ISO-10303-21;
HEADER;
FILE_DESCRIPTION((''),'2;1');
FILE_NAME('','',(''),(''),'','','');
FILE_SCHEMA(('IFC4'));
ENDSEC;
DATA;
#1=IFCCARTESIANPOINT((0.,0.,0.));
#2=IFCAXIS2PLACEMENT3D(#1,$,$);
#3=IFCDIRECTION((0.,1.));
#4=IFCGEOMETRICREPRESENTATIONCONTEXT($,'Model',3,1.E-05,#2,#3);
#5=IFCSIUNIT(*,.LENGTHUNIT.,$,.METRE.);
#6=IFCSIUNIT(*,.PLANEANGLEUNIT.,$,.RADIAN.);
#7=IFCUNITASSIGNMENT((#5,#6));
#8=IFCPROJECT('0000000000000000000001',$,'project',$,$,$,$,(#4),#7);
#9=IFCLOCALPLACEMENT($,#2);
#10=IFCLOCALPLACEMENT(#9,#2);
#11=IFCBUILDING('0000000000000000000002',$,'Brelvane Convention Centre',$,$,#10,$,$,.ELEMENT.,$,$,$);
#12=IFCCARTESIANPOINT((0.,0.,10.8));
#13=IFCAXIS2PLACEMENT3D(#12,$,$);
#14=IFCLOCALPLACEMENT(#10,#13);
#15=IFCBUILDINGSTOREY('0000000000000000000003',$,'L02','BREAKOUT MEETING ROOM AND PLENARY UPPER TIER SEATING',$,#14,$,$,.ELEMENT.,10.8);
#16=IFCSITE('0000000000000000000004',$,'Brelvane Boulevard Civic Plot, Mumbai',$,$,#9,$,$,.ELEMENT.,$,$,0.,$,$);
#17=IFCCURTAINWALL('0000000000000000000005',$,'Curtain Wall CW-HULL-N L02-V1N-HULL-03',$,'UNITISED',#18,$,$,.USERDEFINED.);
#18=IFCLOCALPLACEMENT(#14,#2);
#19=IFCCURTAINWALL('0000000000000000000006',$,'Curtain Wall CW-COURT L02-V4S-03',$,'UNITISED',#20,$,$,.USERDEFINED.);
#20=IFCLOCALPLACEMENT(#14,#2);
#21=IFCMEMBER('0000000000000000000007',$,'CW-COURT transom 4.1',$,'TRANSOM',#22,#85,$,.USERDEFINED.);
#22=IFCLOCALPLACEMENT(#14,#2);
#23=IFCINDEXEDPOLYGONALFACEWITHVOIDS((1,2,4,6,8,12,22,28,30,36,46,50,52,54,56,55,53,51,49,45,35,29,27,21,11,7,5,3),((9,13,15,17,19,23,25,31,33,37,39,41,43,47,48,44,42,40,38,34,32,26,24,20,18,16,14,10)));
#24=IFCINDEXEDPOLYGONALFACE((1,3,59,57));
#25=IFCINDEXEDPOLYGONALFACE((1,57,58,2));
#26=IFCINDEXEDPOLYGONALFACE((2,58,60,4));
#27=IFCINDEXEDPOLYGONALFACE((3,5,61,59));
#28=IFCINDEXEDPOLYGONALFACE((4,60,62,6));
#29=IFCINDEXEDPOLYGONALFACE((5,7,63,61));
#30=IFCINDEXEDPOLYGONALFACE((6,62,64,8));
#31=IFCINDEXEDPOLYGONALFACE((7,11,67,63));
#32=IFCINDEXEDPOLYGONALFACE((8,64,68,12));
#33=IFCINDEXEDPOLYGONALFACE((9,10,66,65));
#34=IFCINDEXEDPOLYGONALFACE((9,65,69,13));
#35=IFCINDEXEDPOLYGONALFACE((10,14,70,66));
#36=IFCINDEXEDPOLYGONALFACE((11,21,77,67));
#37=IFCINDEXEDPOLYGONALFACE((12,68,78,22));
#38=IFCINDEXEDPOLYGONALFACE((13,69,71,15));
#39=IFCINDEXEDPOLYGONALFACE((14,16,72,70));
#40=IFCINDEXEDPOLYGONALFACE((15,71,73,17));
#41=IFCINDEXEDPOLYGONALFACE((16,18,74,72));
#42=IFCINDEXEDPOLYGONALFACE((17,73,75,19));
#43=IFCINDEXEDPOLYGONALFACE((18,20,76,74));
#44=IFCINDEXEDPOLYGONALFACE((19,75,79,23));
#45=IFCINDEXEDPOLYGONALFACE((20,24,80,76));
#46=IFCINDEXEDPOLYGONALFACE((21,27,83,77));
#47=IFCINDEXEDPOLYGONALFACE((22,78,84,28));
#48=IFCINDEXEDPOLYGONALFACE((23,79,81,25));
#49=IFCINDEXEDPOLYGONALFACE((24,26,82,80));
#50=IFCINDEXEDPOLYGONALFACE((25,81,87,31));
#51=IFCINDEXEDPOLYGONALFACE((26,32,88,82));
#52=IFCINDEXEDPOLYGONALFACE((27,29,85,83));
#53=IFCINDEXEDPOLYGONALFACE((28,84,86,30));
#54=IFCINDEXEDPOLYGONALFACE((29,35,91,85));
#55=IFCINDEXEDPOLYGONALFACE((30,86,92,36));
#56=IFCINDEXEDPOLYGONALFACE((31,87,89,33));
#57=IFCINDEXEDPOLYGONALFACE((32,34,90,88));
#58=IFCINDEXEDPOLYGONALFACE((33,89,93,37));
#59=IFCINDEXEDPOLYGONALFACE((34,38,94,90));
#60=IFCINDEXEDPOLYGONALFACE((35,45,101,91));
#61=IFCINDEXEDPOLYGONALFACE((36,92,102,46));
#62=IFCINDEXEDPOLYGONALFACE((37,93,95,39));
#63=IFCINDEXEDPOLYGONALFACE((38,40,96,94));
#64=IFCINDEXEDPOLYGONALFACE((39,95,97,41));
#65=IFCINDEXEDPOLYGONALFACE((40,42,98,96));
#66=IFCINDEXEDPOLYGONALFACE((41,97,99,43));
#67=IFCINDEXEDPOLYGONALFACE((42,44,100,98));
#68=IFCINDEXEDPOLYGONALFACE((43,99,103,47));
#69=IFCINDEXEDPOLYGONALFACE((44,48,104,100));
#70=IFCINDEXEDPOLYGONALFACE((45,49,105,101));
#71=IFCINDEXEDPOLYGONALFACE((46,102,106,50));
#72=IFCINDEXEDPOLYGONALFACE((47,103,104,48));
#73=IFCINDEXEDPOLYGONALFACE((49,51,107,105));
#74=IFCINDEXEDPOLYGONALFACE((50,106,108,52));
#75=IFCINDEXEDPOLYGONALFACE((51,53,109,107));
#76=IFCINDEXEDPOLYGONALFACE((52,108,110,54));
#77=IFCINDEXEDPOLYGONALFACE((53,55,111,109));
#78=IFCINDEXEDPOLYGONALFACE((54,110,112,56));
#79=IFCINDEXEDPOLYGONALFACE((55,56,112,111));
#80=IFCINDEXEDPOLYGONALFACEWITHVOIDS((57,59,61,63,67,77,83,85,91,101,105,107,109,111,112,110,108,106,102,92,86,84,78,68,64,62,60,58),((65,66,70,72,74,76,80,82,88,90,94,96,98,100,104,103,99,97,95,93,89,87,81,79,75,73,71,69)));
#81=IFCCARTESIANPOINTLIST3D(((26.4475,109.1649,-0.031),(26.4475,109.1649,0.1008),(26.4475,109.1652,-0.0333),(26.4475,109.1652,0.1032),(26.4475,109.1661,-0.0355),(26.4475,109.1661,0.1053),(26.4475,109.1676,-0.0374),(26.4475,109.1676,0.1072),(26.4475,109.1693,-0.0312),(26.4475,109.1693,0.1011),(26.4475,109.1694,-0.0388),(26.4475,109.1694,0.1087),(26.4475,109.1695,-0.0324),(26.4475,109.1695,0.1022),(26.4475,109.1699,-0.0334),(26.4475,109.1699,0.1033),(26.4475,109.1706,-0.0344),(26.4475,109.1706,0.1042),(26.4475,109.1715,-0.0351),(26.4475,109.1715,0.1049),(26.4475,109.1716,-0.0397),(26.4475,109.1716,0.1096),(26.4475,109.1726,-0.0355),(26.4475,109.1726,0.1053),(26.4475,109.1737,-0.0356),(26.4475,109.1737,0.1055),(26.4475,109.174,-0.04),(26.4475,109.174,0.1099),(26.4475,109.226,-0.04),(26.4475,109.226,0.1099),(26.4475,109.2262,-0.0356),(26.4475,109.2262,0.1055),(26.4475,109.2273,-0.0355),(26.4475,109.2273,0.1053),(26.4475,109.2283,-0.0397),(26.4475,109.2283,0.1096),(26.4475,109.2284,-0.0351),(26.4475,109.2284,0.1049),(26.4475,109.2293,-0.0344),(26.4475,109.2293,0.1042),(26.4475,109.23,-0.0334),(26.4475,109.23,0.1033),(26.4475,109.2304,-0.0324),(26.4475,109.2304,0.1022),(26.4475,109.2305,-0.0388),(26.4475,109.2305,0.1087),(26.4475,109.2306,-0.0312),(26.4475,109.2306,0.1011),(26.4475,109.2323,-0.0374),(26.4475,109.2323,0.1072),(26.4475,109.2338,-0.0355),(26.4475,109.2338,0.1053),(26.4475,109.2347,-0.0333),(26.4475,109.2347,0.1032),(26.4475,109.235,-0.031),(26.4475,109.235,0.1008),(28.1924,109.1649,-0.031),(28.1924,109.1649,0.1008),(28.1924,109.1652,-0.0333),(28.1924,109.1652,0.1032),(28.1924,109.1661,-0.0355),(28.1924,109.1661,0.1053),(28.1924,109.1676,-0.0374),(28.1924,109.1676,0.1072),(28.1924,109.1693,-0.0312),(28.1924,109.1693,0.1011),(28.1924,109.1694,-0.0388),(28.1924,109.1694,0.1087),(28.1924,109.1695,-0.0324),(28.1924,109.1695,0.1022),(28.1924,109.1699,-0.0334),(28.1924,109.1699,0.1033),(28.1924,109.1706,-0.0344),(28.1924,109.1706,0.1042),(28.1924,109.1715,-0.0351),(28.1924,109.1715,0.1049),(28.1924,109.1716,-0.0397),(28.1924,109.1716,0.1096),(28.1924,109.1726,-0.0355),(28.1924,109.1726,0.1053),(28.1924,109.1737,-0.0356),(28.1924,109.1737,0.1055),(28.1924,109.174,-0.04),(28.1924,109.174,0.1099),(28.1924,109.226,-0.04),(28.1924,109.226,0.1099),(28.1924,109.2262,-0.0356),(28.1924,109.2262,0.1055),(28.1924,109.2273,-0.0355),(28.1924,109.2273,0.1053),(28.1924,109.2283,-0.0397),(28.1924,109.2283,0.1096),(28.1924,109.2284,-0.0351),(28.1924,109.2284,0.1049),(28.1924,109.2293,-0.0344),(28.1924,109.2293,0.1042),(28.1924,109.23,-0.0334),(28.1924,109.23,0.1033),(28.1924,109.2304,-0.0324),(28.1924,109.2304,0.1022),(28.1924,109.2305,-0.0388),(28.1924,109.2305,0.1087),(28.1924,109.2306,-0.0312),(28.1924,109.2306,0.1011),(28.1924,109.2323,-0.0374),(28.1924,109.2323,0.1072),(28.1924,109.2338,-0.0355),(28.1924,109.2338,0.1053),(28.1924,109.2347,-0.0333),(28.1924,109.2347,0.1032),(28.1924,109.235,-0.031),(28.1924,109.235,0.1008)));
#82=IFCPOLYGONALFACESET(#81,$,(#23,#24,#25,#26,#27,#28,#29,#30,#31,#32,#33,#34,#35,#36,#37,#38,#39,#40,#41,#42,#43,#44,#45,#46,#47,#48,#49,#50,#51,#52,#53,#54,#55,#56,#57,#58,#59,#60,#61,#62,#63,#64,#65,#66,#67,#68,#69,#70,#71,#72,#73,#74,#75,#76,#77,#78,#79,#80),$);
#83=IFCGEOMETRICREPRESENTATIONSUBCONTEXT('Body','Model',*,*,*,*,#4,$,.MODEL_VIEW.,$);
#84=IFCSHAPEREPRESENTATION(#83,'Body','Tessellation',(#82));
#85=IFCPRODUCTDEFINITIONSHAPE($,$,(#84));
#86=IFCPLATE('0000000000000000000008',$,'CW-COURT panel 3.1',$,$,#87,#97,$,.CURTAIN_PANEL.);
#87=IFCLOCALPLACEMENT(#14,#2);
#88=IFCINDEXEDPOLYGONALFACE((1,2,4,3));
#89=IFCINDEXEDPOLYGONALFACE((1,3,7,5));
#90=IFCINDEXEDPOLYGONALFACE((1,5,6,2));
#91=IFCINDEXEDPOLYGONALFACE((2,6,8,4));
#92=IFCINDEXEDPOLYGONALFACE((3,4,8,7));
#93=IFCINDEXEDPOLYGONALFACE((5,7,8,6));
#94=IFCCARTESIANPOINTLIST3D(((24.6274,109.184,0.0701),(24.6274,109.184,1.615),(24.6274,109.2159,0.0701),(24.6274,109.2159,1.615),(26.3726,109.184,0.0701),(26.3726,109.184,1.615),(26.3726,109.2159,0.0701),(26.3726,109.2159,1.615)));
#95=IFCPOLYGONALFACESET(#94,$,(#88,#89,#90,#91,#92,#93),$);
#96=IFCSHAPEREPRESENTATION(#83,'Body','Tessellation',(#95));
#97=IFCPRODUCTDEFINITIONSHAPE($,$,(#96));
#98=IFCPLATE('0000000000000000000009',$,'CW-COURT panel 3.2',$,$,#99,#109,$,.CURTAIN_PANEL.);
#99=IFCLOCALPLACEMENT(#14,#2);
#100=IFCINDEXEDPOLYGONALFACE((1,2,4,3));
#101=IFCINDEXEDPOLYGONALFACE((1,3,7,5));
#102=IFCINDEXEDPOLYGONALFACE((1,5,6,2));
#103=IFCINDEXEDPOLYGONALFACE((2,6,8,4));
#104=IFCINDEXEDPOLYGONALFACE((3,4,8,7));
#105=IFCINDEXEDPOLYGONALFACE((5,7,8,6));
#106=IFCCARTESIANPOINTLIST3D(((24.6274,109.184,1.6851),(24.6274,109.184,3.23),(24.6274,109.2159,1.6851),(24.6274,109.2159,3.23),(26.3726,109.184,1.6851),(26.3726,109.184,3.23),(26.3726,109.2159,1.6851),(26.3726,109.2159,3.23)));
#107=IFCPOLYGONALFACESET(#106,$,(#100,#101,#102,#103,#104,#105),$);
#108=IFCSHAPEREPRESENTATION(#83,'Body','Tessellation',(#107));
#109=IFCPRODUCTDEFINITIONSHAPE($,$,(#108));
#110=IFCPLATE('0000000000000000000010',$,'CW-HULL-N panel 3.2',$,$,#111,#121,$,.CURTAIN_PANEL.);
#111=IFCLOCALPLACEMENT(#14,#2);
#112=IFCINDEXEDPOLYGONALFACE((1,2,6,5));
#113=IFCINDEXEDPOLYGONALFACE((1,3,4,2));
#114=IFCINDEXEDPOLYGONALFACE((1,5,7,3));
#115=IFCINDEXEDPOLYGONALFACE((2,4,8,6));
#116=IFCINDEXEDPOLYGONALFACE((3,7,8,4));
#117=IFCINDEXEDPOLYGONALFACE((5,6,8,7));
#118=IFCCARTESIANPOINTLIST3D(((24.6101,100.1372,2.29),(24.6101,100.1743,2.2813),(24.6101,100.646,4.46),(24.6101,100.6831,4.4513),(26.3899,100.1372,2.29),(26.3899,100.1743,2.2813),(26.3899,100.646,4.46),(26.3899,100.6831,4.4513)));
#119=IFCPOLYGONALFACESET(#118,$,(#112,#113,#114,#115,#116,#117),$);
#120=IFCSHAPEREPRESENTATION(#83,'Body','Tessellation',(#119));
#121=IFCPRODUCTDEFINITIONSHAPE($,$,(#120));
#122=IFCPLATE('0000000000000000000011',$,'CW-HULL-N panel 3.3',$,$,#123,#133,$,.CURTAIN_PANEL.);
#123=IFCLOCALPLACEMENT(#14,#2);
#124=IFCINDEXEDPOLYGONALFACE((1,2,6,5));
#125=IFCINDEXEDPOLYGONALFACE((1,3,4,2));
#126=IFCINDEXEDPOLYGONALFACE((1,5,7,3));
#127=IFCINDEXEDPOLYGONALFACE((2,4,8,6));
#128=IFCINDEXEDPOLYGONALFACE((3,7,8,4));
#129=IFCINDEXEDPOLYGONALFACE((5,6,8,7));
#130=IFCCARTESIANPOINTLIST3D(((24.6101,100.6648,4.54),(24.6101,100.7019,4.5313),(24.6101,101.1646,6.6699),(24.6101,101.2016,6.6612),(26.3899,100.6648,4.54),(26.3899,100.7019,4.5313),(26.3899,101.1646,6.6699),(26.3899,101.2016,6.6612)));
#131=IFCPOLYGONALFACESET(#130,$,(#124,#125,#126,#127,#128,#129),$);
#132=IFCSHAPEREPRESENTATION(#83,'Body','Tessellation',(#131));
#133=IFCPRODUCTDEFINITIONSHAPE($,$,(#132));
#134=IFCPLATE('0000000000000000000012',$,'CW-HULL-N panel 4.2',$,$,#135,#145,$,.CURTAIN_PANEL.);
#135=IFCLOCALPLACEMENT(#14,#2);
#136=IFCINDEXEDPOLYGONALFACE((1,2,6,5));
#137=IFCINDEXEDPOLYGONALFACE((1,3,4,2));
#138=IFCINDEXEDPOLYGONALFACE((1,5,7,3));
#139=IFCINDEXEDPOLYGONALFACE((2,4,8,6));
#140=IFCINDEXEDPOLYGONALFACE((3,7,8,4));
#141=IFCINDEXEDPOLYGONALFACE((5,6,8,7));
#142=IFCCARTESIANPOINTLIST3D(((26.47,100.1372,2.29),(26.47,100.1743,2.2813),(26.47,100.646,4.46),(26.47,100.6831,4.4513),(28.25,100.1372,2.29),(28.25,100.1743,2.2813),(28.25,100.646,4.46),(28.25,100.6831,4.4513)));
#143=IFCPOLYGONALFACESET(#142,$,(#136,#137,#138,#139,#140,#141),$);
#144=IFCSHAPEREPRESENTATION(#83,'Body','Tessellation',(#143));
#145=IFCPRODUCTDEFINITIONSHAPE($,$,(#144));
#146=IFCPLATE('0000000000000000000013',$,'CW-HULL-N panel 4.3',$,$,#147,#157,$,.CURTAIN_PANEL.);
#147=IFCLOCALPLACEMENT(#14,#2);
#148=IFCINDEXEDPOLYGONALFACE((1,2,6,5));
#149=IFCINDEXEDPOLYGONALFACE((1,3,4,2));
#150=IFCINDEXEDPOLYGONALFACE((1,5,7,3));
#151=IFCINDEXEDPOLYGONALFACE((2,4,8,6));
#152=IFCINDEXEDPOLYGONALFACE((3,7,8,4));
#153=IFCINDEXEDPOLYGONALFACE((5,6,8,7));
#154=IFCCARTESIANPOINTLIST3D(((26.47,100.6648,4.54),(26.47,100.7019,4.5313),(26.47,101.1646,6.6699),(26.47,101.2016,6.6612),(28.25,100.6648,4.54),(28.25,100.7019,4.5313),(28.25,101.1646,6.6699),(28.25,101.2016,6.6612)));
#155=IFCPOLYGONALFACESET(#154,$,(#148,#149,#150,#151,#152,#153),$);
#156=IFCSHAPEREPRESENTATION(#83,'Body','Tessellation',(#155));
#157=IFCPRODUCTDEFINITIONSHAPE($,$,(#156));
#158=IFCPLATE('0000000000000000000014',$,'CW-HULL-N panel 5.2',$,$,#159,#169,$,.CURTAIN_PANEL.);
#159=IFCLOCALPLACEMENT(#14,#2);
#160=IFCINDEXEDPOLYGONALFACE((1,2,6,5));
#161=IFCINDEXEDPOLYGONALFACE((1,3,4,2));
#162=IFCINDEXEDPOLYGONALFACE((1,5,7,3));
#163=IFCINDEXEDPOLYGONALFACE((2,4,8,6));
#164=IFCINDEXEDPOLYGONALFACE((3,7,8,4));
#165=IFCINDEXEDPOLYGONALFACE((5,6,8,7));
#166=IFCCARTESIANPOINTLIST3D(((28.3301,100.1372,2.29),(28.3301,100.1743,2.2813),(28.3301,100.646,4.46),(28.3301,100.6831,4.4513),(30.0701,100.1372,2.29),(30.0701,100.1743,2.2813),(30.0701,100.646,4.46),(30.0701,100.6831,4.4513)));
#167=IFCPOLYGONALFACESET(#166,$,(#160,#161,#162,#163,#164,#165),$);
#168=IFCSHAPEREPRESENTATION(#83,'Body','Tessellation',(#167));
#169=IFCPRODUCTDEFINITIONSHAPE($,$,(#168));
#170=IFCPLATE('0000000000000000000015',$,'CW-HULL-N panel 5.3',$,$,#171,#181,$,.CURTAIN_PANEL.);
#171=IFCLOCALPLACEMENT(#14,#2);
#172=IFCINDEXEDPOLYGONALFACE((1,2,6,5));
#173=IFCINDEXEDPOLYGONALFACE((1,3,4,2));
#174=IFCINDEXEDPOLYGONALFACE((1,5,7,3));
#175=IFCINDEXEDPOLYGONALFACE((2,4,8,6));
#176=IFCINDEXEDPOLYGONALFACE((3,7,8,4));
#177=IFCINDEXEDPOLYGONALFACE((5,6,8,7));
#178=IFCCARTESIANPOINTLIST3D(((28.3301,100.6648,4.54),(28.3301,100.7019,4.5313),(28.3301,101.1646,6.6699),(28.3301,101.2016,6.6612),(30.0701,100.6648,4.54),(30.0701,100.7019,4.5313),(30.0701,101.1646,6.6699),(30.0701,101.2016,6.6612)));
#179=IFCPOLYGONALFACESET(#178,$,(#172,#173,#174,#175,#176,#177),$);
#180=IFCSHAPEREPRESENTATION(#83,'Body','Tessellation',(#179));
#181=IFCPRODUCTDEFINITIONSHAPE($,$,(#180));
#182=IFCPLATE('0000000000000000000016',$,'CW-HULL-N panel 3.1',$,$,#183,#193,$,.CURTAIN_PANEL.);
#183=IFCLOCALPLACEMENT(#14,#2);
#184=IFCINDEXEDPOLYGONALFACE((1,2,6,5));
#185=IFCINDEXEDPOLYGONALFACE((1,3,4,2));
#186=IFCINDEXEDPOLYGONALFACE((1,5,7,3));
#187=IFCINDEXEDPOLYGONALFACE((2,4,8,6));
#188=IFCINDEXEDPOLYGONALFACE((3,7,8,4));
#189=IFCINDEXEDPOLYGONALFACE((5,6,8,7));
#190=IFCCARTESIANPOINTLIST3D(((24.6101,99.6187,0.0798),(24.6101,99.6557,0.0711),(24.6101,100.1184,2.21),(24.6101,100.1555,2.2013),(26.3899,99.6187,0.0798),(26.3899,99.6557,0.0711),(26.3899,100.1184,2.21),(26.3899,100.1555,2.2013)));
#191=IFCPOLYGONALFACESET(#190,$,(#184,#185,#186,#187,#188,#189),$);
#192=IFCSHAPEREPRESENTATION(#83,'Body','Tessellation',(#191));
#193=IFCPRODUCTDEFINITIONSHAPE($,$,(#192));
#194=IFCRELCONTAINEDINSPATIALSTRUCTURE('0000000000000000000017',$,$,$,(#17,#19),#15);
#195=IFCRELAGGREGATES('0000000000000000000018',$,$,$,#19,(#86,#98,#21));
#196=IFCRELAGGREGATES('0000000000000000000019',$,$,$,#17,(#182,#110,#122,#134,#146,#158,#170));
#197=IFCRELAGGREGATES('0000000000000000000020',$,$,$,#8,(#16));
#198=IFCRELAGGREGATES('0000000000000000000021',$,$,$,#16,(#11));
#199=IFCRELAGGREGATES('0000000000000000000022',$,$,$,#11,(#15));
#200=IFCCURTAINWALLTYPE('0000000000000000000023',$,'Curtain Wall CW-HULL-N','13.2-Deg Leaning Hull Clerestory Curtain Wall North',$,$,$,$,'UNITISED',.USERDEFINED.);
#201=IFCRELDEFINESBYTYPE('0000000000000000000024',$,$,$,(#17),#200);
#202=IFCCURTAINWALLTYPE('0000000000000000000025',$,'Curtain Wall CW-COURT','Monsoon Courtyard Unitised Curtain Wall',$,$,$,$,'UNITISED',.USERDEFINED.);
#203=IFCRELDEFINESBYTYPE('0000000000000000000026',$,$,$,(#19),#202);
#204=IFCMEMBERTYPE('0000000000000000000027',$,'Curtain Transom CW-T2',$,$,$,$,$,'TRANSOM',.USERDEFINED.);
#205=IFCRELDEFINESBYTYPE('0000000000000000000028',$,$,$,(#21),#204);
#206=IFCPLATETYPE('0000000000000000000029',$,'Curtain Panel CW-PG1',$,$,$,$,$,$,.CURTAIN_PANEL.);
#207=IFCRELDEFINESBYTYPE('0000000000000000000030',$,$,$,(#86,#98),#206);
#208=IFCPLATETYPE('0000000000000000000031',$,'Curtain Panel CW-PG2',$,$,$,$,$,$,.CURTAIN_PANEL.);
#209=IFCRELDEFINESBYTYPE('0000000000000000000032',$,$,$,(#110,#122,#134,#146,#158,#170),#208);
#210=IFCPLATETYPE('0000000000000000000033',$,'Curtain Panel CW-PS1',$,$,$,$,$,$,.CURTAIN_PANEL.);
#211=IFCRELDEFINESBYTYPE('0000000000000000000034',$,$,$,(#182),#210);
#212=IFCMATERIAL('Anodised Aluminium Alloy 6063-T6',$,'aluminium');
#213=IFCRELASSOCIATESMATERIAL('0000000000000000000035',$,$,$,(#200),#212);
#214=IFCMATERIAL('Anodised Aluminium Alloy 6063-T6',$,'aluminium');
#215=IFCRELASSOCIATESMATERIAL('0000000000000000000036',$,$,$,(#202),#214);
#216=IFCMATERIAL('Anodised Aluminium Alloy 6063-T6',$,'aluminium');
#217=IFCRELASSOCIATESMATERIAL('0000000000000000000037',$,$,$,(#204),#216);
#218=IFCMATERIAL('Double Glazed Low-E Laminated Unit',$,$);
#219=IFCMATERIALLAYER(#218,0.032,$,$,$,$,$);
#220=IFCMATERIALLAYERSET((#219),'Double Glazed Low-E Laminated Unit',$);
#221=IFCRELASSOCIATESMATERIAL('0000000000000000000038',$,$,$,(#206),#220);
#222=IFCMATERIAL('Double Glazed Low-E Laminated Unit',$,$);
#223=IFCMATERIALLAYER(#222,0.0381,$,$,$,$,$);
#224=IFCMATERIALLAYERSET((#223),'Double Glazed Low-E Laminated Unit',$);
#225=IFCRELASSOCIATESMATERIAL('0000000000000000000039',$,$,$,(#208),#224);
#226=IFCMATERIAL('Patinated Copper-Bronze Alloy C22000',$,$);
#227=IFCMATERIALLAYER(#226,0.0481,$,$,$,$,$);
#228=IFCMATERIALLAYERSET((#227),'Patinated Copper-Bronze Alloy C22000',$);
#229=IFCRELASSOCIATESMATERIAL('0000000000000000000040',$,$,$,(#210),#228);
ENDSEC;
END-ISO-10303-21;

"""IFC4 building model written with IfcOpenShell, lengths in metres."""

from ifc_helpers import new_model, si_unit, direction, frame, origin, origin_2d, place, context, subcontext, project, spatial, polyline, rectangle, hollow_rectangle, outline, extrude, material, layer, layer_set, material_profile, profile_set, type_object, element, aggregate, save


model = new_model("IFC4")

# Units and contexts
model_context = context("Model", 3, precision=1e-05, world=origin(), true_north=direction((0.0, 1.0)))
body_context = subcontext(model_context, "Body", "Model", "MODEL_VIEW")
ifc_project = project(units=[si_unit("LENGTHUNIT", "METRE"), si_unit("PLANEANGLEUNIT", "RADIAN")], contexts=[model_context])

# Site, building, storey
site_placement = place(None, origin())
site = spatial("IfcSite", under=ifc_project, at=site_placement, Name="Brelvane Boulevard Civic Plot, Mumbai", CompositionType="ELEMENT", RefElevation=0.0)
building_placement = place(site_placement, origin())
building = spatial("IfcBuilding", under=site, at=building_placement, Name="Brelvane Convention Centre", CompositionType="ELEMENT")
storey_placement = place(building_placement, frame((0.0, 0.0, 10.8)))
storey = spatial("IfcBuildingStorey", under=building, at=storey_placement, Name="L02", Description="BREAKOUT MEETING ROOM AND PLENARY UPPER TIER SEATING", CompositionType="ELEMENT", Elevation=10.8)

# Curtain wall
ifc_material_1 = material(Name="Anodised Aluminium Alloy 6063-T6", Category="aluminium")
curtain_wall_type_1 = type_object("IfcCurtainWallType", Name="Curtain Wall CW-HULL-N", Description="13.2-Deg Leaning Hull Clerestory Curtain Wall North", ElementType="UNITISED", PredefinedType="USERDEFINED", material=ifc_material_1)
curtain_wall_1_placement = place(storey_placement, origin())
curtain_wall_1 = element("IfcCurtainWall", 1, at=curtain_wall_1_placement, inside=storey, type_object=curtain_wall_type_1, Name="Curtain Wall CW-HULL-N L02-V1N-HULL-03", ObjectType="UNITISED", PredefinedType="USERDEFINED")

# Curtain wall
ifc_material_2 = material(Name="Anodised Aluminium Alloy 6063-T6", Category="aluminium")
curtain_wall_type_2 = type_object("IfcCurtainWallType", Name="Curtain Wall CW-COURT", Description="Monsoon Courtyard Unitised Curtain Wall", ElementType="UNITISED", PredefinedType="USERDEFINED", material=ifc_material_2)
curtain_wall_2_placement = place(storey_placement, origin())
curtain_wall_2 = element("IfcCurtainWall", 2, at=curtain_wall_2_placement, inside=storey, type_object=curtain_wall_type_2, Name="Curtain Wall CW-COURT L02-V4S-03", ObjectType="UNITISED", PredefinedType="USERDEFINED")

# Member
ifc_material_3 = material(Name="Anodised Aluminium Alloy 6063-T6", Category="aluminium")
ifc_material_profile_1 = material_profile(ifc_material_3, hollow_rectangle(XDim=0.0701, YDim=0.1499, WallThickness=0.0044, InnerFilletRadius=0.0044, OuterFilletRadius=0.009, at=origin_2d()), Name="ALU-T 150x70x4.5")
ifc_profile_set_1 = profile_set([ifc_material_profile_1], Name="Anodised Aluminium Alloy 6063-T6")
member_type_1 = type_object("IfcMemberType", Name="Curtain Transom CW-T2", ElementType="TRANSOM", PredefinedType="USERDEFINED", material=ifc_profile_set_1)
member_1_placement = place(storey_placement, frame((26.4475, 109.2, 0.0349), z_axis=(1.0, 0.0, 0.0), x_axis=(0.0, 1.0, 0.0)))
member_1 = element("IfcMember", 3, at=member_1_placement, type_object=member_type_1, Name="CW-COURT transom 4.1", ObjectType="TRANSOM", PredefinedType="USERDEFINED", context=body_context, shape_type="SweptSolid", body=[
    extrude(hollow_rectangle(XDim=0.0701, YDim=0.1499, WallThickness=0.0044, InnerFilletRadius=0.0044, OuterFilletRadius=0.009, at=origin_2d()), origin(), (0.0, 0.0, 1.0), 1.7449),
])

# Plates
ifc_material_4 = material(Name="Double Glazed Low-E Laminated Unit")
ifc_layer_1 = layer(ifc_material_4, 0.032)
ifc_layer_set_1 = layer_set([ifc_layer_1], Name="Double Glazed Low-E Laminated Unit")
plate_type_1 = type_object("IfcPlateType", Name="Curtain Panel CW-PG1", PredefinedType="CURTAIN_PANEL", material=ifc_layer_set_1)
plate_1_placement = place(storey_placement, frame((25.5, 109.2, 0.0701), z_axis=(0.0, 0.0, 1.0), x_axis=(1.0, 0.0, 0.0)))
plate_1 = element("IfcPlate", 4, at=plate_1_placement, type_object=plate_type_1, Name="CW-COURT panel 3.1", PredefinedType="CURTAIN_PANEL", context=body_context, shape_type="SweptSolid", body=[
    extrude(rectangle(XDim=1.7451, YDim=0.032, at=origin_2d()), origin(), (0.0, 0.0, 1.0), 1.5449),
])
plate_2_placement = place(storey_placement, frame((25.5, 109.2, 1.6851), z_axis=(0.0, 0.0, 1.0), x_axis=(1.0, 0.0, 0.0)))
plate_2 = element("IfcPlate", 5, at=plate_2_placement, type_object=plate_type_1, Name="CW-COURT panel 3.2", PredefinedType="CURTAIN_PANEL", context=body_context, shape_type="SweptSolid", body=[
    extrude(rectangle(XDim=1.7451, YDim=0.032, at=origin_2d()), origin(), (0.0, 0.0, 1.0), 1.5449),
])
aggregate(curtain_wall_2, [plate_1, plate_2, member_1])
ifc_material_5 = material(Name="Double Glazed Low-E Laminated Unit")
ifc_layer_2 = layer(ifc_material_5, 0.0381)
ifc_layer_set_2 = layer_set([ifc_layer_2], Name="Double Glazed Low-E Laminated Unit")
plate_type_2 = type_object("IfcPlateType", Name="Curtain Panel CW-PG2", PredefinedType="CURTAIN_PANEL", material=ifc_layer_set_2)
plate_3_placement = place(storey_placement, frame((24.6101, 100.1372, 2.29), z_axis=(0.0, -0.973595, 0.228282), x_axis=(1.0, 0.0, 0.0)))
plate_3 = element("IfcPlate", 6, at=plate_3_placement, type_object=plate_type_2, Name="CW-HULL-N panel 3.2", PredefinedType="CURTAIN_PANEL", context=body_context, shape_type="SweptSolid", body=[
    extrude(outline(polyline([(0.0, 0.0), (1.7798, 0.0), (1.7798, 2.2288), (0.0, 2.2288), (0.0, 0.0)])), origin(), (0.0, 0.0, -1.0), 0.0381),
])
plate_4_placement = place(storey_placement, frame((24.6101, 100.6648, 4.54), z_axis=(0.0, -0.973559, 0.228436), x_axis=(1.0, 0.0, 0.0)))
plate_4 = element("IfcPlate", 7, at=plate_4_placement, type_object=plate_type_2, Name="CW-HULL-N panel 3.3", PredefinedType="CURTAIN_PANEL", context=body_context, shape_type="SweptSolid", body=[
    extrude(outline(polyline([(0.0, 0.0), (1.7798, 0.0), (1.7798, 2.1877), (0.0, 2.1877), (0.0, 0.0)])), origin(), (0.0, 0.0, -1.0), 0.0381),
])
plate_5_placement = place(storey_placement, frame((26.47, 100.1372, 2.29), z_axis=(0.0, -0.973595, 0.228282), x_axis=(1.0, 0.0, 0.0)))
plate_5 = element("IfcPlate", 8, at=plate_5_placement, type_object=plate_type_2, Name="CW-HULL-N panel 4.2", PredefinedType="CURTAIN_PANEL", context=body_context, shape_type="SweptSolid", body=[
    extrude(outline(polyline([(0.0, 0.0), (1.78, 0.0), (1.78, 2.2288), (0.0, 2.2288), (0.0, 0.0)])), origin(), (0.0, 0.0, -1.0), 0.0381),
])
plate_6_placement = place(storey_placement, frame((26.47, 100.6648, 4.54), z_axis=(0.0, -0.973559, 0.228436), x_axis=(1.0, 0.0, 0.0)))
plate_6 = element("IfcPlate", 9, at=plate_6_placement, type_object=plate_type_2, Name="CW-HULL-N panel 4.3", PredefinedType="CURTAIN_PANEL", context=body_context, shape_type="SweptSolid", body=[
    extrude(outline(polyline([(0.0, 0.0), (1.78, 0.0), (1.78, 2.1877), (0.0, 2.1877), (0.0, 0.0)])), origin(), (0.0, 0.0, -1.0), 0.0381),
])
plate_7_placement = place(storey_placement, frame((28.3301, 100.1372, 2.29), z_axis=(0.0, -0.973595, 0.228282), x_axis=(1.0, 0.0, 0.0)))
plate_7 = element("IfcPlate", 10, at=plate_7_placement, type_object=plate_type_2, Name="CW-HULL-N panel 5.2", PredefinedType="CURTAIN_PANEL", context=body_context, shape_type="SweptSolid", body=[
    extrude(outline(polyline([(0.0, 0.0), (1.74, 0.0), (1.74, 2.2288), (0.0, 2.2288), (0.0, 0.0)])), origin(), (0.0, 0.0, -1.0), 0.0381),
])
plate_8_placement = place(storey_placement, frame((28.3301, 100.6648, 4.54), z_axis=(0.0, -0.973559, 0.228436), x_axis=(1.0, 0.0, 0.0)))
plate_8 = element("IfcPlate", 11, at=plate_8_placement, type_object=plate_type_2, Name="CW-HULL-N panel 5.3", PredefinedType="CURTAIN_PANEL", context=body_context, shape_type="SweptSolid", body=[
    extrude(outline(polyline([(0.0, 0.0), (1.74, 0.0), (1.74, 2.1877), (0.0, 2.1877), (0.0, 0.0)])), origin(), (0.0, 0.0, -1.0), 0.0381),
])
ifc_material_6 = material(Name="Patinated Copper-Bronze Alloy C22000")
ifc_layer_3 = layer(ifc_material_6, 0.0481)
ifc_layer_set_3 = layer_set([ifc_layer_3], Name="Patinated Copper-Bronze Alloy C22000")
plate_type_3 = type_object("IfcPlateType", Name="Curtain Panel CW-PS1", PredefinedType="CURTAIN_PANEL", material=ifc_layer_set_3)
plate_9_placement = place(storey_placement, frame((24.6101, 99.6187, 0.0798), z_axis=(0.0, -0.973565, 0.228411), x_axis=(1.0, 0.0, 0.0)))
plate_9 = element("IfcPlate", 12, at=plate_9_placement, type_object=plate_type_3, Name="CW-HULL-N panel 3.1", PredefinedType="CURTAIN_PANEL", context=body_context, shape_type="SweptSolid", body=[
    extrude(outline(polyline([(0.0, 0.0), (1.7798, 0.0), (1.7798, 2.188), (0.0, 2.188), (0.0, 0.0)])), origin(), (0.0, 0.0, -1.0), 0.0381),
])
aggregate(curtain_wall_1, [plate_9, plate_3, plate_4, plate_5, plate_6, plate_7, plate_8])

save(model, "model.ifc")
